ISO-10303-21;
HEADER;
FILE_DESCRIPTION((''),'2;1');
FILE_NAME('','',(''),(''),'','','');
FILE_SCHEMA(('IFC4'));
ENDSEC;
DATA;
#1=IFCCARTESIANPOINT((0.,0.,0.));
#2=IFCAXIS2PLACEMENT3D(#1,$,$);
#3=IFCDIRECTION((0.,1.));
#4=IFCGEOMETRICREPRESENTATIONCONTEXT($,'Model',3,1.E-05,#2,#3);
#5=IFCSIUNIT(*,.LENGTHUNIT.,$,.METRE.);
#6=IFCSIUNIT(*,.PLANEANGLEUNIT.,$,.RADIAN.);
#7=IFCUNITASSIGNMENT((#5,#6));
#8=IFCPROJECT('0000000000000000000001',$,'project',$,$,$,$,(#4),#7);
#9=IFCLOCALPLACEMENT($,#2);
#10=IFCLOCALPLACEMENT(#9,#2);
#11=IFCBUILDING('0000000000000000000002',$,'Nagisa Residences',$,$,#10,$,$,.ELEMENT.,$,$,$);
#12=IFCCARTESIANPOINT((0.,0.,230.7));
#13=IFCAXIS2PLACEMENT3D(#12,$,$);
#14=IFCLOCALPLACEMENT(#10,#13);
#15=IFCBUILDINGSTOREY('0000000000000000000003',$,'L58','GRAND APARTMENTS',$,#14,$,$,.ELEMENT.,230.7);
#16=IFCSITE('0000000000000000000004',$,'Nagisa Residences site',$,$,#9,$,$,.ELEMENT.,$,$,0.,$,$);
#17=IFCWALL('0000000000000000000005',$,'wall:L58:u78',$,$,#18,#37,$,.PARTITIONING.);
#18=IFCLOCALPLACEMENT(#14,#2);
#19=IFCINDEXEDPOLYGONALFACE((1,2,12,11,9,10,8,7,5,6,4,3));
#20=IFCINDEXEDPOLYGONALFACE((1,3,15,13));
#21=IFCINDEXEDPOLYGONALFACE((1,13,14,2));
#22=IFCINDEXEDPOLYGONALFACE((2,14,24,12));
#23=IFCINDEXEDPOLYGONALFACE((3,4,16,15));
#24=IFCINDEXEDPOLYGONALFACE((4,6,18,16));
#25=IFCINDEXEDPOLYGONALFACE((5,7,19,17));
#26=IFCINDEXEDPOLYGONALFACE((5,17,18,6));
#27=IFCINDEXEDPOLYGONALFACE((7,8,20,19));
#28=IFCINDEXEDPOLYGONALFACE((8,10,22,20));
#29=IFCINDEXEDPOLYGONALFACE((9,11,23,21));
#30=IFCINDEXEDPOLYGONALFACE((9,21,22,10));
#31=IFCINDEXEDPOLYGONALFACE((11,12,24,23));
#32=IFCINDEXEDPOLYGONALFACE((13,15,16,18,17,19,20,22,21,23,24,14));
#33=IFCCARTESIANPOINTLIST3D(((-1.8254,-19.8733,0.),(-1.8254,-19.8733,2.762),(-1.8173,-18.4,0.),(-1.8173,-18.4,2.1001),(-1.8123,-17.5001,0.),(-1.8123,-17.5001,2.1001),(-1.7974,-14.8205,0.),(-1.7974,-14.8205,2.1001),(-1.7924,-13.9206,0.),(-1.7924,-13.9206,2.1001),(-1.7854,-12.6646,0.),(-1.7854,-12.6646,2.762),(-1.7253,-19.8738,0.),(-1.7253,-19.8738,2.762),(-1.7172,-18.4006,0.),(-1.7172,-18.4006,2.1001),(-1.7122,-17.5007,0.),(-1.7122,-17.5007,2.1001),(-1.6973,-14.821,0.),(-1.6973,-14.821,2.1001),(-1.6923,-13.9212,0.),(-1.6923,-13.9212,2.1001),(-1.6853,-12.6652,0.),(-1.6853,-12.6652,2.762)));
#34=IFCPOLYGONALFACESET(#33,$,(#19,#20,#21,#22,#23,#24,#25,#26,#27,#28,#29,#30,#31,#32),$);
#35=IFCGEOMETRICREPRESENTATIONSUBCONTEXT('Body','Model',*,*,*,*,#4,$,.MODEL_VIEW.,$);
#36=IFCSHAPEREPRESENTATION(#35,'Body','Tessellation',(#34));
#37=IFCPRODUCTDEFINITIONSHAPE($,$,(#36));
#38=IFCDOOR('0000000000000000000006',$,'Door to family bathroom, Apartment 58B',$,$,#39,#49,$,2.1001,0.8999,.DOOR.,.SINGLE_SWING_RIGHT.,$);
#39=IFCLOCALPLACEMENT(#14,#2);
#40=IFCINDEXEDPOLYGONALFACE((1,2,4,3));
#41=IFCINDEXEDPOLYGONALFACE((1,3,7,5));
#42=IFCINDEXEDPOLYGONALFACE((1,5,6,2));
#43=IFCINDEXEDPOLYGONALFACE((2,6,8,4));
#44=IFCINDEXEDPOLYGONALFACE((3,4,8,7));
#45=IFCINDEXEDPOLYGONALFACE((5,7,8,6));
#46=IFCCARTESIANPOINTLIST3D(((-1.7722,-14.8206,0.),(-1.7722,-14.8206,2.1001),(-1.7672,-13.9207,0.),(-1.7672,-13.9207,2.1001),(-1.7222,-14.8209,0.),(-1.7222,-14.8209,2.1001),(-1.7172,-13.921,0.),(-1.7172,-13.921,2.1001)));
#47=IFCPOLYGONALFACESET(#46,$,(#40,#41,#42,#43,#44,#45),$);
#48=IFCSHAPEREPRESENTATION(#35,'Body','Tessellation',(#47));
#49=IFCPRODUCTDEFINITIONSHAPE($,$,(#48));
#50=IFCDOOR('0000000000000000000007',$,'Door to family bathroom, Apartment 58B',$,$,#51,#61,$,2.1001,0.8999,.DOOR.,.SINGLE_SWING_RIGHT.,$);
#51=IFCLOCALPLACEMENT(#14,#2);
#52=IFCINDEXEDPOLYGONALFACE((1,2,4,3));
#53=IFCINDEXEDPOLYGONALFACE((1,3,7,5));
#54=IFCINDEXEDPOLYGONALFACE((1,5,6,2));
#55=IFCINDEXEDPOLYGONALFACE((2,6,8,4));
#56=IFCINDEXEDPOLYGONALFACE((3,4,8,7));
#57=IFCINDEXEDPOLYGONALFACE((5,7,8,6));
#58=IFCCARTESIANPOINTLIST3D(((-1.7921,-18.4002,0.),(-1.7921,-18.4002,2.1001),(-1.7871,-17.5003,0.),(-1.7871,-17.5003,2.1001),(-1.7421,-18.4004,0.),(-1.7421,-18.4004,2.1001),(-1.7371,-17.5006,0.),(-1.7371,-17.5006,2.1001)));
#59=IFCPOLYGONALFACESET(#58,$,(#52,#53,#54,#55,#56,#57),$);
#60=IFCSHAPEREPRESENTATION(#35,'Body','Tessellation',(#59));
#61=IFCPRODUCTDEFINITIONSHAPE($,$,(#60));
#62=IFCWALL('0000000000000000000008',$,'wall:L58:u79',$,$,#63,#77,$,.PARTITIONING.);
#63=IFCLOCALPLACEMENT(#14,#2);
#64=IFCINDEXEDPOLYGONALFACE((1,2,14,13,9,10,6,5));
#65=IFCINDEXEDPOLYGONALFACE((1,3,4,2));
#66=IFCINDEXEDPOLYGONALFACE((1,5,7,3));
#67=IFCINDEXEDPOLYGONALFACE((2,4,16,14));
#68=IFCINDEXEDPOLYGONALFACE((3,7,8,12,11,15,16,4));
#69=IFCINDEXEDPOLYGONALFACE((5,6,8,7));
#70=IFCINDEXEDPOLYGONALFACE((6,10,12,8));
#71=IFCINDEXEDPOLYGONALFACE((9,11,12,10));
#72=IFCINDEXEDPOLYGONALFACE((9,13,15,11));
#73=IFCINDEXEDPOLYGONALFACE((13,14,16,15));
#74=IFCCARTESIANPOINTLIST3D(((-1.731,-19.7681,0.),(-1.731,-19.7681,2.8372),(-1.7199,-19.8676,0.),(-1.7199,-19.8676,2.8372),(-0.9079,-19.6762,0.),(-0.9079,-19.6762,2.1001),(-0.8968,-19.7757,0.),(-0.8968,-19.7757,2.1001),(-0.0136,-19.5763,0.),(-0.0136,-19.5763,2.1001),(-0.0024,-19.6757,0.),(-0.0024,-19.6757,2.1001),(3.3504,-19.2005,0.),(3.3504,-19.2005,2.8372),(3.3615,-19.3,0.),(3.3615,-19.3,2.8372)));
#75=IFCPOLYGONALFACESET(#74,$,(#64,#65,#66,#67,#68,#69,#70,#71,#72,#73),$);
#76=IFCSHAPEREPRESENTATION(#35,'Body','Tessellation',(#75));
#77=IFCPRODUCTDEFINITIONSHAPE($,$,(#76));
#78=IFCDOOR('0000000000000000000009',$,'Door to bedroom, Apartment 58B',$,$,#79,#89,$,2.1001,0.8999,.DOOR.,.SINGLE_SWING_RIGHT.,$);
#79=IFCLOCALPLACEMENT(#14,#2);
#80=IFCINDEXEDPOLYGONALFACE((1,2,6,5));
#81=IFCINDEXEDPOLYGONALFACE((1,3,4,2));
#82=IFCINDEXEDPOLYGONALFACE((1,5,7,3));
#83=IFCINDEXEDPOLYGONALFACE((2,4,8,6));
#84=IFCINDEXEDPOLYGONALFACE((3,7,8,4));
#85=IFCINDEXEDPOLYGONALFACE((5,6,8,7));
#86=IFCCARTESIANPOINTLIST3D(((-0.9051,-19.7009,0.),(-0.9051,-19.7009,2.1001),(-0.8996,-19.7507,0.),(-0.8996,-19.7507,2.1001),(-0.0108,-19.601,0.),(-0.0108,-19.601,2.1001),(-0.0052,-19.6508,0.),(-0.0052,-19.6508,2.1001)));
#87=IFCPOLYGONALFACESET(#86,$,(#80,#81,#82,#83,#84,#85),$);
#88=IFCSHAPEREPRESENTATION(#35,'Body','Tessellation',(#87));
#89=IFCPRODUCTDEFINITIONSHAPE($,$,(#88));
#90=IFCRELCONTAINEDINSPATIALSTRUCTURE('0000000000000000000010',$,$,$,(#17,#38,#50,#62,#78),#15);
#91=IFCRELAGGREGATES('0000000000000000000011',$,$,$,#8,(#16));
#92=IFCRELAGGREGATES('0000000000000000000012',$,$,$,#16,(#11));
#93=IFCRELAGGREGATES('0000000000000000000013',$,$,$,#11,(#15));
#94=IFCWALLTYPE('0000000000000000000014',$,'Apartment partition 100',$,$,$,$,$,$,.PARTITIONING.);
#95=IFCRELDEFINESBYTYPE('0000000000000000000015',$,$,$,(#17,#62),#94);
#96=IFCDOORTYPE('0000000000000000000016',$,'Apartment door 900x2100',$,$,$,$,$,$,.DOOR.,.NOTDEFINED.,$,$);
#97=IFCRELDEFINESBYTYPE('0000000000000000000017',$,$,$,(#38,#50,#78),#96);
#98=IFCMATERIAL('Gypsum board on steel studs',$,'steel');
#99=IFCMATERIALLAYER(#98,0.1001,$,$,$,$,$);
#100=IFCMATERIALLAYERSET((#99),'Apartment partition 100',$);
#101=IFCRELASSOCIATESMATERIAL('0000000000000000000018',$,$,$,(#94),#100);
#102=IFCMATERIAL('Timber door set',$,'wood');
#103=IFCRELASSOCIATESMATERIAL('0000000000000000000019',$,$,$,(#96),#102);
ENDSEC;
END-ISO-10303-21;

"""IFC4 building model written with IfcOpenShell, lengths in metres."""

from ifc_helpers import new_model, si_unit, direction, frame, frame_2d, origin, place, context, subcontext, project, spatial, rectangle, extrude, material, layer, layer_set, type_object, element, fill, save


model = new_model("IFC4")

# Units and contexts
model_context = context("Model", 3, precision=1e-05, world=origin(), true_north=direction((0.0, 1.0)))
body_context = subcontext(model_context, "Body", "Model", "MODEL_VIEW")
ifc_project = project(units=[si_unit("LENGTHUNIT", "METRE"), si_unit("PLANEANGLEUNIT", "RADIAN")], contexts=[model_context])

# Site, building, storey
site_placement = place(None, origin())
site = spatial("IfcSite", under=ifc_project, at=site_placement, Name="Nagisa Residences site", CompositionType="ELEMENT", RefElevation=0.0)
building_placement = place(site_placement, origin())
building = spatial("IfcBuilding", under=site, at=building_placement, Name="Nagisa Residences", CompositionType="ELEMENT")
storey_placement = place(building_placement, frame((0.0, 0.0, 230.7)))
storey = spatial("IfcBuildingStorey", under=building, at=storey_placement, Name="L58", Description="GRAND APARTMENTS", CompositionType="ELEMENT", Elevation=230.7)

# Shared definitions
ifc_material_1 = material(Name="Gypsum board on steel studs", Category="steel")
ifc_layer_1 = layer(ifc_material_1, 0.1001)
ifc_layer_set_1 = layer_set([ifc_layer_1], Name="Apartment partition 100")
wall_type_1 = type_object("IfcWallType", Name="Apartment partition 100", PredefinedType="PARTITIONING", material=ifc_layer_set_1)

# Shared definitions
ifc_material_2 = material(Name="Timber door set", Category="wood")
door_type_1 = type_object("IfcDoorType", Name="Apartment door 900x2100", OperationType="NOTDEFINED", PredefinedType="DOOR", material=ifc_material_2)

# Wall, openings, doors
wall_1_placement = place(storey_placement, frame((-1.7354, -12.6648, 0.0), z_axis=(0.0, 0.0, 1.0), x_axis=(-0.005554, -0.999985, 0.0)))
wall_1 = element("IfcWall", 1, at=wall_1_placement, inside=storey, type_object=wall_type_1, Name="wall:L58:u78", PredefinedType="PARTITIONING", context=body_context, shape_type="SweptSolid", body=[
    extrude(rectangle(XDim=7.2087, YDim=0.1001, at=frame_2d((3.6045, 0.0))), origin(), (0.0, 0.0, 1.0), 2.762),
])
opening_1_placement = place(wall_1_placement, frame((1.2561, 0.0, 0.0)))
opening_1 = element("IfcOpeningElement", 2, at=opening_1_placement, cuts=wall_1, PredefinedType="OPENING", context=body_context, shape_type="SweptSolid", body=[
    extrude(rectangle(XDim=0.8999, YDim=2.1001, at=frame_2d((0.45, 1.05))), frame((0.0, 0.0601, 0.0), z_axis=(0.0, -1.0, 0.0), x_axis=(1.0, 0.0, 0.0)), (0.0, 0.0, 1.0), 0.1201),
])
opening_2_placement = place(wall_1_placement, frame((4.8357, 0.0, 0.0)))
opening_2 = element("IfcOpeningElement", 3, at=opening_2_placement, cuts=wall_1, PredefinedType="OPENING", context=body_context, shape_type="SweptSolid", body=[
    extrude(rectangle(XDim=0.8999, YDim=2.1001, at=frame_2d((0.45, 1.05))), frame((0.0, 0.0601, 0.0), z_axis=(0.0, -1.0, 0.0), x_axis=(1.0, 0.0, 0.0)), (0.0, 0.0, 1.0), 0.1201),
])
door_1_placement = place(opening_1_placement, frame((0.8999, 0.0, 0.0), x_axis=(-1.0, 0.0, 0.0)))
door_1 = element("IfcDoor", 4, at=door_1_placement, inside=storey, type_object=door_type_1, Name="Door to family bathroom, Apartment 58B", OperationType="SINGLE_SWING_RIGHT", OverallHeight=2.1001, OverallWidth=0.8999, PredefinedType="DOOR", context=body_context, shape_type="SweptSolid", body=[
    extrude(rectangle(XDim=0.8999, YDim=2.1001, at=frame_2d((0.45, 1.05))), frame((0.0, 0.0249, 0.0), z_axis=(0.0, -1.0, 0.0), x_axis=(1.0, 0.0, 0.0)), (0.0, 0.0, 1.0), 0.05),
])
fill(opening_1, door_1)
door_2_placement = place(opening_2_placement, frame((0.8999, 0.0, 0.0), x_axis=(-1.0, 0.0, 0.0)))
door_2 = element("IfcDoor", 5, at=door_2_placement, inside=storey, type_object=door_type_1, Name="Door to family bathroom, Apartment 58B", OperationType="SINGLE_SWING_RIGHT", OverallHeight=2.1001, OverallWidth=0.8999, PredefinedType="DOOR", context=body_context, shape_type="SweptSolid", body=[
    extrude(rectangle(XDim=0.8999, YDim=2.1001, at=frame_2d((0.45, 1.05))), frame((0.0, 0.0249, 0.0), z_axis=(0.0, -1.0, 0.0), x_axis=(1.0, 0.0, 0.0)), (0.0, 0.0, 1.0), 0.05),
])
fill(opening_2, door_2)

# Wall, opening, door
wall_2_placement = place(storey_placement, frame((-1.7256, -19.8179, 0.0), z_axis=(0.0, 0.0, 1.0), x_axis=(0.993819, 0.111013, 0.0)))
wall_2 = element("IfcWall", 6, at=wall_2_placement, inside=storey, type_object=wall_type_1, Name="wall:L58:u79", PredefinedType="PARTITIONING", context=body_context, shape_type="SweptSolid", body=[
    extrude(rectangle(XDim=5.113, YDim=0.1001, at=frame_2d((2.5566, 0.0))), origin(), (0.0, 0.0, 1.0), 2.8372),
])
opening_3_placement = place(wall_2_placement, frame((0.8284, 0.0, 0.0)))
opening_3 = element("IfcOpeningElement", 7, at=opening_3_placement, cuts=wall_2, PredefinedType="OPENING", context=body_context, shape_type="SweptSolid", body=[
    extrude(rectangle(XDim=0.8999, YDim=2.1001, at=frame_2d((0.45, 1.05))), frame((0.0, 0.0601, 0.0), z_axis=(0.0, -1.0, 0.0), x_axis=(1.0, 0.0, 0.0)), (0.0, 0.0, 1.0), 0.1201),
])
door_3_placement = place(opening_3_placement, frame((0.8999, 0.0, 0.0), x_axis=(-1.0, 0.0, 0.0)))
door_3 = element("IfcDoor", 8, at=door_3_placement, inside=storey, type_object=door_type_1, Name="Door to bedroom, Apartment 58B", OperationType="SINGLE_SWING_RIGHT", OverallHeight=2.1001, OverallWidth=0.8999, PredefinedType="DOOR", context=body_context, shape_type="SweptSolid", body=[
    extrude(rectangle(XDim=0.8999, YDim=2.1001, at=frame_2d((0.45, 1.05))), frame((0.0, 0.0249, 0.0), z_axis=(0.0, -1.0, 0.0), x_axis=(1.0, 0.0, 0.0)), (0.0, 0.0, 1.0), 0.05),
])
fill(opening_3, door_3)

save(model, "model.ifc")
